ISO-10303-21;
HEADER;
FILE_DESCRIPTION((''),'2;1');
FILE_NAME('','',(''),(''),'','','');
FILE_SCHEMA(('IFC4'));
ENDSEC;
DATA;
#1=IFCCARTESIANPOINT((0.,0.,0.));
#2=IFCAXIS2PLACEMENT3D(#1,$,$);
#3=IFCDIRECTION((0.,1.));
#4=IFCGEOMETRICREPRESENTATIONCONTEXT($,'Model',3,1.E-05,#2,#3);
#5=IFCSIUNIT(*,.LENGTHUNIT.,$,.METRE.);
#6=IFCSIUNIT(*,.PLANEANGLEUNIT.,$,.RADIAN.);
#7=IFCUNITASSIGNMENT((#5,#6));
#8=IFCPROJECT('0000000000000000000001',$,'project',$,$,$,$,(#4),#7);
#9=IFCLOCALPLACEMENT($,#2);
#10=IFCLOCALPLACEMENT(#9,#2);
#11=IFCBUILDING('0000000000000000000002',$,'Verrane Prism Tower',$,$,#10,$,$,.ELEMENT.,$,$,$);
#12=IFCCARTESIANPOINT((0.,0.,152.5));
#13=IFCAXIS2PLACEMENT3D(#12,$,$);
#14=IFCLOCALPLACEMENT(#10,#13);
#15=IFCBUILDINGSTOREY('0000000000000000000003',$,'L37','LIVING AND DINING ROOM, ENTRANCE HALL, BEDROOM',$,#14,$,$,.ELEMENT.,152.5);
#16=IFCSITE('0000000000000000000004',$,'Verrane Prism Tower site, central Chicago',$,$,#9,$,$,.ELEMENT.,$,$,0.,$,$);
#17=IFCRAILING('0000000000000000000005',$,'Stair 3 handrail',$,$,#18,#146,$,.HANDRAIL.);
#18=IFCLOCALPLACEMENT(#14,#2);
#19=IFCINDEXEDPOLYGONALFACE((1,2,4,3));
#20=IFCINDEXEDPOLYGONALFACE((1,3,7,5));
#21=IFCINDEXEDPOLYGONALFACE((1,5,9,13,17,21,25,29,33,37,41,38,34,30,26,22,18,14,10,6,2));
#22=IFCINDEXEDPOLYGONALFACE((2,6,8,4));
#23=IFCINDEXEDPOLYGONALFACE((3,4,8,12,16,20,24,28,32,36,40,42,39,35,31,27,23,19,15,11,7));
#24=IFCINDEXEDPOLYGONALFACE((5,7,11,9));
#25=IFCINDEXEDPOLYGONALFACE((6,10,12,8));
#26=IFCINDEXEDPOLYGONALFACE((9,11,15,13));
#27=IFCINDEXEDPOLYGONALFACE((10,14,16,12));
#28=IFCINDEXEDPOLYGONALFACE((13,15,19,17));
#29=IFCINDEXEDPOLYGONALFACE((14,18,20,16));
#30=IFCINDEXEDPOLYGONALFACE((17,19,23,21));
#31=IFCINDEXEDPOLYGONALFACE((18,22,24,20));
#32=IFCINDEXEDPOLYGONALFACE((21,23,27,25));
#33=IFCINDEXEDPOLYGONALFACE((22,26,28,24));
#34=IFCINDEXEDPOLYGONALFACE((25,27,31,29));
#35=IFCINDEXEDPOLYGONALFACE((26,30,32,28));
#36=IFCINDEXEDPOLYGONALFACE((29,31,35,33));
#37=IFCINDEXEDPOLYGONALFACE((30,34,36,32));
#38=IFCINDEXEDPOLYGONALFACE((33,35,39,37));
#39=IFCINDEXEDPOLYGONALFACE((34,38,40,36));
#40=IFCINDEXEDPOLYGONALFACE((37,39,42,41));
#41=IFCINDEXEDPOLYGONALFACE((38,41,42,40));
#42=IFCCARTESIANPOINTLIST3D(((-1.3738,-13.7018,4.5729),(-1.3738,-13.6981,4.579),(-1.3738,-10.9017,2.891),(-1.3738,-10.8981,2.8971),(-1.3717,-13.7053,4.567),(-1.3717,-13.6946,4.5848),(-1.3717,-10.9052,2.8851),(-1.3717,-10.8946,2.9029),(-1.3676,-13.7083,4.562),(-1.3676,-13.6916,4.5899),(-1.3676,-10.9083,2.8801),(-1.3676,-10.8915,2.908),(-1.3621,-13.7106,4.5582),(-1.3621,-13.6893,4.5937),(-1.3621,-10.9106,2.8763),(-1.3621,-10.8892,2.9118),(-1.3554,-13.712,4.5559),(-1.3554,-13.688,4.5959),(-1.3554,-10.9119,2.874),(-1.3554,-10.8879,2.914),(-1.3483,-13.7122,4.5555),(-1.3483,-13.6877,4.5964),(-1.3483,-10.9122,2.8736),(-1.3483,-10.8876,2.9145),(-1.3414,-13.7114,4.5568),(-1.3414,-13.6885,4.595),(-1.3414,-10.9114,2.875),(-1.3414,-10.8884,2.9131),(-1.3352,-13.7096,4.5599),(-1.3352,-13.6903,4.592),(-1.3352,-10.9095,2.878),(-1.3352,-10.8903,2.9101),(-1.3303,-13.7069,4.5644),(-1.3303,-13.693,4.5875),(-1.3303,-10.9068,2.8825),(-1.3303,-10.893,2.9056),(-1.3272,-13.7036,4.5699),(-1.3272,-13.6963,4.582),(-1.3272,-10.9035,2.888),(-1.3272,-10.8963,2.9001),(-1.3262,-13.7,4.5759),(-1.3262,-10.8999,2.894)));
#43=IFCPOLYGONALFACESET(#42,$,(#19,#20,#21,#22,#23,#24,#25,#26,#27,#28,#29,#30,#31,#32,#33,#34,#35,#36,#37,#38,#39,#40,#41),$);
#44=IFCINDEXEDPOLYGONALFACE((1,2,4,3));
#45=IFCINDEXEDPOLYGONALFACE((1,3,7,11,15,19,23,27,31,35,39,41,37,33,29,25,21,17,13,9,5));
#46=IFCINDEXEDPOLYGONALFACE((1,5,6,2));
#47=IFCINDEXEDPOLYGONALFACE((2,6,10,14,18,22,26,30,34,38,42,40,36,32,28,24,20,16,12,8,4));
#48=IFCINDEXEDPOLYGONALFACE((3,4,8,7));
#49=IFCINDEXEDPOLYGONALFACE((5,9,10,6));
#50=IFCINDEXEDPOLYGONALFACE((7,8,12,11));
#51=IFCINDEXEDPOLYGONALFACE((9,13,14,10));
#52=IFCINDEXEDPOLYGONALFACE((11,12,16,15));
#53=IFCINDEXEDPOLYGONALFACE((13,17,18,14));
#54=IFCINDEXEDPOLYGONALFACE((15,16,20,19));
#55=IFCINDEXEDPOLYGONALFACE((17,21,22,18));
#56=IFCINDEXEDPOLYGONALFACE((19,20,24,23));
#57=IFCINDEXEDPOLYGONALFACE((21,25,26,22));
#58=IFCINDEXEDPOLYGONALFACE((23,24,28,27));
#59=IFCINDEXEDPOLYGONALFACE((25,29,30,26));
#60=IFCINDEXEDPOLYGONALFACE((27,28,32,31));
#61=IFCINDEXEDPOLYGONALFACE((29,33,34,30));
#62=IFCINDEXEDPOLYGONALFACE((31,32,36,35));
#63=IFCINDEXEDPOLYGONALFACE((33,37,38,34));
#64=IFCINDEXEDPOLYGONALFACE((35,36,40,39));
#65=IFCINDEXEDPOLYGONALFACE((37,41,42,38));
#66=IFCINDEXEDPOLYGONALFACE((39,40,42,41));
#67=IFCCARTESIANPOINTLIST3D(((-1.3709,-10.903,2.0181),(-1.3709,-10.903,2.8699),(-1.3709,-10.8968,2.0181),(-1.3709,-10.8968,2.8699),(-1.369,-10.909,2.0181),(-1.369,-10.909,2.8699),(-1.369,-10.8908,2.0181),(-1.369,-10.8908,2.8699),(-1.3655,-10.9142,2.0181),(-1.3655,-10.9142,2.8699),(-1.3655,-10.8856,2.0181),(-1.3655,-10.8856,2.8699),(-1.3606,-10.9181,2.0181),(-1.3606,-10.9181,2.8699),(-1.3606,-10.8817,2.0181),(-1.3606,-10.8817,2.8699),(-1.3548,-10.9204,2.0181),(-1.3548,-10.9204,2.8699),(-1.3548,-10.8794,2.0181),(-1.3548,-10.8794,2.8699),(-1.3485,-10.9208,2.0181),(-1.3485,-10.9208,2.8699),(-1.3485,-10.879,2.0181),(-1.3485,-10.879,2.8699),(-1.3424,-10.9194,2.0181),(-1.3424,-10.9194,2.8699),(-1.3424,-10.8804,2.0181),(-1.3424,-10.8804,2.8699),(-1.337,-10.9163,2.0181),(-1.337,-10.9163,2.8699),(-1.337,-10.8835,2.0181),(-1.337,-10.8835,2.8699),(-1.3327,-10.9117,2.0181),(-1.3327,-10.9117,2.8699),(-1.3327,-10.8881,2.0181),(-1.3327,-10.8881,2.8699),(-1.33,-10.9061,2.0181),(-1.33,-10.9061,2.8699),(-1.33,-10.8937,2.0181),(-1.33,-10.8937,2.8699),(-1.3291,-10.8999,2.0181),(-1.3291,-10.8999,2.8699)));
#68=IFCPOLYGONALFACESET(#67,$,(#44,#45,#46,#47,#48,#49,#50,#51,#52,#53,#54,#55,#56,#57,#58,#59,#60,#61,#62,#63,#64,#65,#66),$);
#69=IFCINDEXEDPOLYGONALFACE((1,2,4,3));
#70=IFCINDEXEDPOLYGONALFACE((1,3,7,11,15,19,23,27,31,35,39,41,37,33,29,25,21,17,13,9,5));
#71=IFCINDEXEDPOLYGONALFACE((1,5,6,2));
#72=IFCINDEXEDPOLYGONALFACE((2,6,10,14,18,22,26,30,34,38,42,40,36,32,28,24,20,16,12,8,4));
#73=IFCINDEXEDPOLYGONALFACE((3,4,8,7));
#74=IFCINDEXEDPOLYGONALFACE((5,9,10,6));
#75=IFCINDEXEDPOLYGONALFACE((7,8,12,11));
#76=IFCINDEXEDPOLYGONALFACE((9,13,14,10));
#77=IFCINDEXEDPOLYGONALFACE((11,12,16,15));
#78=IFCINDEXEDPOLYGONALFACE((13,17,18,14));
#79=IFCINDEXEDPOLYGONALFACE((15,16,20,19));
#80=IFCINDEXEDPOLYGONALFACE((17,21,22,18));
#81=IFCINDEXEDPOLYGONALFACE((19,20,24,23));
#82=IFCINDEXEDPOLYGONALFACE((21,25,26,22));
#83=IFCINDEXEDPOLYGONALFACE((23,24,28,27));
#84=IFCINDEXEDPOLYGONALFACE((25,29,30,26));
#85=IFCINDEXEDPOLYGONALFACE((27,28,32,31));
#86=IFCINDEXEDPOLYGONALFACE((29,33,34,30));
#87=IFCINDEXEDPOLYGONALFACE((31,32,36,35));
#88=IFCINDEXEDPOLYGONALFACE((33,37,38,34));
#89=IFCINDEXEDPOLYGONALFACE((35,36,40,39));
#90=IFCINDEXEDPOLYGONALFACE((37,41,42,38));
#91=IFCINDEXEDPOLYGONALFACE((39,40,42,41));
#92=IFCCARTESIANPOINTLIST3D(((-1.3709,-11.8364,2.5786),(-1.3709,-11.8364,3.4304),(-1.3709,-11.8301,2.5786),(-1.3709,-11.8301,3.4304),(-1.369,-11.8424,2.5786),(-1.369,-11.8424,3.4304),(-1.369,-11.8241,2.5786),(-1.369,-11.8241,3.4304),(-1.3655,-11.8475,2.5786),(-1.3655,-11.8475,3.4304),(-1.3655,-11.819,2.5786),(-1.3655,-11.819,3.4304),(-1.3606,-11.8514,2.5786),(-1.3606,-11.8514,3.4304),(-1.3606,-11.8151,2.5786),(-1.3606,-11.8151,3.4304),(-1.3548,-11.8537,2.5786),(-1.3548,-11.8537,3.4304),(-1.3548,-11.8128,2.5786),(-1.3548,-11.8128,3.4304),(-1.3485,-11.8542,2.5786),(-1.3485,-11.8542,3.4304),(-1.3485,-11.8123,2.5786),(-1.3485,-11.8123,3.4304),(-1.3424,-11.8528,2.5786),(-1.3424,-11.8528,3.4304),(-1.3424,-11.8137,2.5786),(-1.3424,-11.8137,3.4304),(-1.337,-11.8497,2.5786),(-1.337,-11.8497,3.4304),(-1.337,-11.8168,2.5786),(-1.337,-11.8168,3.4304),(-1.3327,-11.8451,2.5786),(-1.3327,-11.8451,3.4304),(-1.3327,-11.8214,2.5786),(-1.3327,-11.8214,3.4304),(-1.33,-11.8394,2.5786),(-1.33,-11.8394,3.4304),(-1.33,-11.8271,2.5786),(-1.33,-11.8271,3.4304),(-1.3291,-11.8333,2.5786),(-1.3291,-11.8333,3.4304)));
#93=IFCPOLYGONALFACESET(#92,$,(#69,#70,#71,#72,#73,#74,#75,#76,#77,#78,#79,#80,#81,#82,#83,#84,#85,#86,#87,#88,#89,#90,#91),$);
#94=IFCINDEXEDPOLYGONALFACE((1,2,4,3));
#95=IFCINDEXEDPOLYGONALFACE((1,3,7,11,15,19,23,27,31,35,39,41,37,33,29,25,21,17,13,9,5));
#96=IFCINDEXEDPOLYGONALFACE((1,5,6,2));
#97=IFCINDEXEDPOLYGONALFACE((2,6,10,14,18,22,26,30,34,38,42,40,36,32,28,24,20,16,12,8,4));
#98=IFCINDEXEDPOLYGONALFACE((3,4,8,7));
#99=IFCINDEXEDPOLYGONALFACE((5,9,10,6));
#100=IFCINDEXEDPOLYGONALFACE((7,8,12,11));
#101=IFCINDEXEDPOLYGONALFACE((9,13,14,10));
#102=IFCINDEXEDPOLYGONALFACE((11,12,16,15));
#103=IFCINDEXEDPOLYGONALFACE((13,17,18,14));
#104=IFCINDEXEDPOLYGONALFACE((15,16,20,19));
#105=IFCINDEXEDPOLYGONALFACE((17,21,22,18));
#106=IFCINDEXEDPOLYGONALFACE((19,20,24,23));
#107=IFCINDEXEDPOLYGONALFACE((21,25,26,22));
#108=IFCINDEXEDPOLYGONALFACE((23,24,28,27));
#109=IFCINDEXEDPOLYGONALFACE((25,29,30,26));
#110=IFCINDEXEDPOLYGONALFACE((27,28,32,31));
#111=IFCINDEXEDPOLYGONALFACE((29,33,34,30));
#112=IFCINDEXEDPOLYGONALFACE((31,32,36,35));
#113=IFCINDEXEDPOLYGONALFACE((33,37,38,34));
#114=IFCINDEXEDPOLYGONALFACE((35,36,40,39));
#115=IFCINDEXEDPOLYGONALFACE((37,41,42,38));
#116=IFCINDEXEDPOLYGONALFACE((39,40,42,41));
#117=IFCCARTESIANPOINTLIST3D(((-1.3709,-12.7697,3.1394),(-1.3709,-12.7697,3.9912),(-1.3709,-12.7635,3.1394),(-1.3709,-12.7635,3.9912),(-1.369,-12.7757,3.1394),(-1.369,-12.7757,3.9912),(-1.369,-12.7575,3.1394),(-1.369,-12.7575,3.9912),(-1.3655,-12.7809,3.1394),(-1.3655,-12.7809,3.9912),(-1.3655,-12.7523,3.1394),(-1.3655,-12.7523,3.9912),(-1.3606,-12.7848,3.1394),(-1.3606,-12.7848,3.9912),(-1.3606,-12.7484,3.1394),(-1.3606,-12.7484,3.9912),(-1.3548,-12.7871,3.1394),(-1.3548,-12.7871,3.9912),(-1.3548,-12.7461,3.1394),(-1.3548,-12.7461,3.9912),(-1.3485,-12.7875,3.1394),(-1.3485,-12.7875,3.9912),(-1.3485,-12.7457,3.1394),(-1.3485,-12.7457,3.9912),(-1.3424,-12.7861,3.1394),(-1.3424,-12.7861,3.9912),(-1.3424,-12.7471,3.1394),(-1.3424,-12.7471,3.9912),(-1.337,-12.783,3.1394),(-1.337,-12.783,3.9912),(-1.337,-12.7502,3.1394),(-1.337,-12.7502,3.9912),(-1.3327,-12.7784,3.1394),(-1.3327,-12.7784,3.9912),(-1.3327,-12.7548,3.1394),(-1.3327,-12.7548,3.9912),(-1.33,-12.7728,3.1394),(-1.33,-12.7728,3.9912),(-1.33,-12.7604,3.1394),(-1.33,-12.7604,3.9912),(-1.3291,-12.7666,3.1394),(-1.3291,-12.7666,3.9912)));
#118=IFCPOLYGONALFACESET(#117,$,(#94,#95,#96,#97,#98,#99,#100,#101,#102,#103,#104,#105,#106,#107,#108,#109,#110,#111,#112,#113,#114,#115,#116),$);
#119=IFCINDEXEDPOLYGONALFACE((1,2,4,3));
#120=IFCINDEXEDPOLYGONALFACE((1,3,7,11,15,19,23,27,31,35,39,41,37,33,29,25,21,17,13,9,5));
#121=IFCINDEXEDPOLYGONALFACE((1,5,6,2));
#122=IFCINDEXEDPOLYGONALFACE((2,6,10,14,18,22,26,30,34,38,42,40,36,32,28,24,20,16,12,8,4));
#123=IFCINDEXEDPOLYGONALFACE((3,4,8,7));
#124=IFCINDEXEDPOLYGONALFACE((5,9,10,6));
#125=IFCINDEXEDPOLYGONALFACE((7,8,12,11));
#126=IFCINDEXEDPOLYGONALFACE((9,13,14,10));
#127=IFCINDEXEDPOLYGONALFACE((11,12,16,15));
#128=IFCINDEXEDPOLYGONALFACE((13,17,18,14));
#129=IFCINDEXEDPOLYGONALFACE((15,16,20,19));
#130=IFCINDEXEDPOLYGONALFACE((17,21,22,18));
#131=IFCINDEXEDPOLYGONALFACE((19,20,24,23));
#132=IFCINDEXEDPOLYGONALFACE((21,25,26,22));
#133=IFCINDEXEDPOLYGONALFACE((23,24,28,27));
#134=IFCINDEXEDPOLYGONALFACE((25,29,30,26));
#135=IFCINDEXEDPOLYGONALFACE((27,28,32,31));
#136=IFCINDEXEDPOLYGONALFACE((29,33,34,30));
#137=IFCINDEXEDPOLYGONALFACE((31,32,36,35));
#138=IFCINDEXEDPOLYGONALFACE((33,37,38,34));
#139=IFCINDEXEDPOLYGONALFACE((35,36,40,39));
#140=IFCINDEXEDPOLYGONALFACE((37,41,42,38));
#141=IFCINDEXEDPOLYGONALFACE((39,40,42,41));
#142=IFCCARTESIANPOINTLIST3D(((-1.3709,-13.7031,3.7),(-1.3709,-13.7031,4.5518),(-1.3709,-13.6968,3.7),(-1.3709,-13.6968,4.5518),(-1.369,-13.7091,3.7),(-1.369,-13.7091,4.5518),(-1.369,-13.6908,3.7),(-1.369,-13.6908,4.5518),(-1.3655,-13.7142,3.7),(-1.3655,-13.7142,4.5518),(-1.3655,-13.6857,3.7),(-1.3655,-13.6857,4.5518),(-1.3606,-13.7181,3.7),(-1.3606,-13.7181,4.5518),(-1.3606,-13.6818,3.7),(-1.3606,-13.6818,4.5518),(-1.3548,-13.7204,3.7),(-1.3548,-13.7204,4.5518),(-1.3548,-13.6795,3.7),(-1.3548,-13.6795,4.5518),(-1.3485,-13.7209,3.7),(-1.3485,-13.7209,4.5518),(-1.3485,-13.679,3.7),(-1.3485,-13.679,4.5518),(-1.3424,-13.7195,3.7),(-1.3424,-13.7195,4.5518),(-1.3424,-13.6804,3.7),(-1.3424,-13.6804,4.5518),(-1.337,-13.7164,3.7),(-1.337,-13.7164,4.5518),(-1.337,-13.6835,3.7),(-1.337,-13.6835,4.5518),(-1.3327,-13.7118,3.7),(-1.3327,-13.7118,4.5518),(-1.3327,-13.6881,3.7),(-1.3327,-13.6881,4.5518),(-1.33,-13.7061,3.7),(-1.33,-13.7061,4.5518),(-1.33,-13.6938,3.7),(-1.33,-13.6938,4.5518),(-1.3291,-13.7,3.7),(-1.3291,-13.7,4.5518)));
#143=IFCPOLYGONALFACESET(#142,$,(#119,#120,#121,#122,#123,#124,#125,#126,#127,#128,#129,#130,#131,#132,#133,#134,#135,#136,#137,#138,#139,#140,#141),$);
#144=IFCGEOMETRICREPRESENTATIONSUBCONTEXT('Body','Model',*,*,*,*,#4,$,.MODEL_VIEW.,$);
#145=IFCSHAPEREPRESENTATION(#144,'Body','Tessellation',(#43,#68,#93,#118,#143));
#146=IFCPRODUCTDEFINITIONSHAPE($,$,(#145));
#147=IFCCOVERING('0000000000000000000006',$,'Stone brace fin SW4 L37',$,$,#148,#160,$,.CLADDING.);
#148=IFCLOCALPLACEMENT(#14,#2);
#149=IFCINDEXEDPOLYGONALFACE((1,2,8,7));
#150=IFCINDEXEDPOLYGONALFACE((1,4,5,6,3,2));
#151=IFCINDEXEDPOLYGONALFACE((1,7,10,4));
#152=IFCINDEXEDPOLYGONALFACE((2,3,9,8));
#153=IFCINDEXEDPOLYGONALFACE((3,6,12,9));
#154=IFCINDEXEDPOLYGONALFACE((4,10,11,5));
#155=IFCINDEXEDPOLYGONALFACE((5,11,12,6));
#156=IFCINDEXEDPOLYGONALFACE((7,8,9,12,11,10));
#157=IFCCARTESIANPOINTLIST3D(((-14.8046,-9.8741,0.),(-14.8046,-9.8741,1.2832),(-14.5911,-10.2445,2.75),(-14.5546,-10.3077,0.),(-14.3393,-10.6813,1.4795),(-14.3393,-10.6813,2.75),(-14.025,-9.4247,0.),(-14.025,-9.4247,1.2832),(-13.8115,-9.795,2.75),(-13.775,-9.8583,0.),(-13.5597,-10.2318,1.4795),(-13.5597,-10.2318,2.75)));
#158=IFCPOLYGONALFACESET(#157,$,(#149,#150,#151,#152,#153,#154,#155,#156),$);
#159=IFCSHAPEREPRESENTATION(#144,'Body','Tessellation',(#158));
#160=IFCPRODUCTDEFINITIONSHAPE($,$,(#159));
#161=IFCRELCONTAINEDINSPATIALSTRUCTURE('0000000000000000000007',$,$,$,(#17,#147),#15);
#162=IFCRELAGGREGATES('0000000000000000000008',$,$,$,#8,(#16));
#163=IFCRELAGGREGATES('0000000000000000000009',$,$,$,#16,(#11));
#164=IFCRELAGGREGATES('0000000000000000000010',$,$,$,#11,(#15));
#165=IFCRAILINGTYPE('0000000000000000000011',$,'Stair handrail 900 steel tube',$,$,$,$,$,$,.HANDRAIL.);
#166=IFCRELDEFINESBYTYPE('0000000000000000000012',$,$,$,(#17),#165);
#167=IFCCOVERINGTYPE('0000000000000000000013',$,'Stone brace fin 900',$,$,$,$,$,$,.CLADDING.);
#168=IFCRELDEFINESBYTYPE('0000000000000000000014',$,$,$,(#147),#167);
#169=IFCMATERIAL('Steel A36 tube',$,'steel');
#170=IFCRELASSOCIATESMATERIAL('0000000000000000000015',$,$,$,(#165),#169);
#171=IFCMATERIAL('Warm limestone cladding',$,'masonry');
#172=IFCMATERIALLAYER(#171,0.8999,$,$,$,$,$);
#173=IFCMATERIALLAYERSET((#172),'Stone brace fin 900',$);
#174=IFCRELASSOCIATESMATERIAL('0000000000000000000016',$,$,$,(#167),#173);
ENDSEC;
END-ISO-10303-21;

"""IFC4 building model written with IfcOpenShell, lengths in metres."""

from ifc_helpers import new_model, si_unit, direction, frame, origin, origin_2d, place, context, subcontext, project, spatial, polyline, circle, outline, extrude, material, layer, layer_set, type_object, element, save


model = new_model("IFC4")

# Units and contexts
model_context = context("Model", 3, precision=1e-05, world=origin(), true_north=direction((0.0, 1.0)))
body_context = subcontext(model_context, "Body", "Model", "MODEL_VIEW")
ifc_project = project(units=[si_unit("LENGTHUNIT", "METRE"), si_unit("PLANEANGLEUNIT", "RADIAN")], contexts=[model_context])

# Site, building, storey
site_placement = place(None, origin())
site = spatial("IfcSite", under=ifc_project, at=site_placement, Name="Verrane Prism Tower site, central Chicago", CompositionType="ELEMENT", RefElevation=0.0)
building_placement = place(site_placement, origin())
building = spatial("IfcBuilding", under=site, at=building_placement, Name="Verrane Prism Tower", CompositionType="ELEMENT")
storey_placement = place(building_placement, frame((0.0, 0.0, 152.5)))
storey = spatial("IfcBuildingStorey", under=building, at=storey_placement, Name="L37", Description="LIVING AND DINING ROOM, ENTRANCE HALL, BEDROOM", CompositionType="ELEMENT", Elevation=152.5)

# Railing
ifc_material_1 = material(Name="Steel A36 tube", Category="steel")
railing_type = type_object("IfcRailingType", Name="Stair handrail 900 steel tube", PredefinedType="HANDRAIL", material=ifc_material_1)
railing_placement = place(storey_placement, frame((-1.3501, -10.8999, 2.0181)))
element("IfcRailing", 1, at=railing_placement, inside=storey, type_object=railing_type, Name="Stair 3 handrail", PredefinedType="HANDRAIL", context=body_context, shape_type="SweptSolid", body=[
    extrude(circle(Radius=0.0239, at=origin_2d()), frame((0.0, 0.0, 0.876), z_axis=(0.0, -0.857242, 0.514913), x_axis=(1.0, 0.0, 0.0)), (0.0, 0.0, 1.0), 3.2664),
    extrude(circle(Radius=0.021, at=origin_2d()), origin(), (0.0, 0.0, 1.0), 0.8518),
    extrude(circle(Radius=0.021, at=origin_2d()), frame((0.0, -0.9333, 0.5605)), (0.0, 0.0, 1.0), 0.8518),
    extrude(circle(Radius=0.021, at=origin_2d()), frame((0.0, -1.8667, 1.1213)), (0.0, 0.0, 1.0), 0.8518),
    extrude(circle(Radius=0.021, at=origin_2d()), frame((0.0, -2.8, 1.6819)), (0.0, 0.0, 1.0), 0.8518),
])

# Covering
ifc_material_2 = material(Name="Warm limestone cladding", Category="masonry")
ifc_layer_1 = layer(ifc_material_2, 0.8999)
ifc_layer_set_1 = layer_set([ifc_layer_1], Name="Stone brace fin 900")
covering_type = type_object("IfcCoveringType", Name="Stone brace fin 900", PredefinedType="CLADDING", material=ifc_layer_set_1)
covering_placement = place(storey_placement, frame((-14.4148, -9.6494, 0.0), z_axis=(0.0, 0.0, 1.0), x_axis=(0.499465, -0.866334, 0.0)))
element("IfcCovering", 2, at=covering_placement, inside=storey, type_object=covering_type, Name="Stone brace fin SW4 L37", PredefinedType="CLADDING", context=body_context, shape_type="SweptSolid", body=[
    extrude(outline(polyline([(0.9316, 2.75), (0.4275, 2.75), (0.0, 1.2832), (0.0, 0.0), (0.5005, 0.0), (0.9316, 1.4795), (0.9316, 2.75)])), frame((0.0, 0.45, 0.0), z_axis=(0.0, -1.0, 0.0), x_axis=(1.0, 0.0, 0.0)), (0.0, 0.0, 1.0), 0.8999),
])

save(model, "model.ifc")
